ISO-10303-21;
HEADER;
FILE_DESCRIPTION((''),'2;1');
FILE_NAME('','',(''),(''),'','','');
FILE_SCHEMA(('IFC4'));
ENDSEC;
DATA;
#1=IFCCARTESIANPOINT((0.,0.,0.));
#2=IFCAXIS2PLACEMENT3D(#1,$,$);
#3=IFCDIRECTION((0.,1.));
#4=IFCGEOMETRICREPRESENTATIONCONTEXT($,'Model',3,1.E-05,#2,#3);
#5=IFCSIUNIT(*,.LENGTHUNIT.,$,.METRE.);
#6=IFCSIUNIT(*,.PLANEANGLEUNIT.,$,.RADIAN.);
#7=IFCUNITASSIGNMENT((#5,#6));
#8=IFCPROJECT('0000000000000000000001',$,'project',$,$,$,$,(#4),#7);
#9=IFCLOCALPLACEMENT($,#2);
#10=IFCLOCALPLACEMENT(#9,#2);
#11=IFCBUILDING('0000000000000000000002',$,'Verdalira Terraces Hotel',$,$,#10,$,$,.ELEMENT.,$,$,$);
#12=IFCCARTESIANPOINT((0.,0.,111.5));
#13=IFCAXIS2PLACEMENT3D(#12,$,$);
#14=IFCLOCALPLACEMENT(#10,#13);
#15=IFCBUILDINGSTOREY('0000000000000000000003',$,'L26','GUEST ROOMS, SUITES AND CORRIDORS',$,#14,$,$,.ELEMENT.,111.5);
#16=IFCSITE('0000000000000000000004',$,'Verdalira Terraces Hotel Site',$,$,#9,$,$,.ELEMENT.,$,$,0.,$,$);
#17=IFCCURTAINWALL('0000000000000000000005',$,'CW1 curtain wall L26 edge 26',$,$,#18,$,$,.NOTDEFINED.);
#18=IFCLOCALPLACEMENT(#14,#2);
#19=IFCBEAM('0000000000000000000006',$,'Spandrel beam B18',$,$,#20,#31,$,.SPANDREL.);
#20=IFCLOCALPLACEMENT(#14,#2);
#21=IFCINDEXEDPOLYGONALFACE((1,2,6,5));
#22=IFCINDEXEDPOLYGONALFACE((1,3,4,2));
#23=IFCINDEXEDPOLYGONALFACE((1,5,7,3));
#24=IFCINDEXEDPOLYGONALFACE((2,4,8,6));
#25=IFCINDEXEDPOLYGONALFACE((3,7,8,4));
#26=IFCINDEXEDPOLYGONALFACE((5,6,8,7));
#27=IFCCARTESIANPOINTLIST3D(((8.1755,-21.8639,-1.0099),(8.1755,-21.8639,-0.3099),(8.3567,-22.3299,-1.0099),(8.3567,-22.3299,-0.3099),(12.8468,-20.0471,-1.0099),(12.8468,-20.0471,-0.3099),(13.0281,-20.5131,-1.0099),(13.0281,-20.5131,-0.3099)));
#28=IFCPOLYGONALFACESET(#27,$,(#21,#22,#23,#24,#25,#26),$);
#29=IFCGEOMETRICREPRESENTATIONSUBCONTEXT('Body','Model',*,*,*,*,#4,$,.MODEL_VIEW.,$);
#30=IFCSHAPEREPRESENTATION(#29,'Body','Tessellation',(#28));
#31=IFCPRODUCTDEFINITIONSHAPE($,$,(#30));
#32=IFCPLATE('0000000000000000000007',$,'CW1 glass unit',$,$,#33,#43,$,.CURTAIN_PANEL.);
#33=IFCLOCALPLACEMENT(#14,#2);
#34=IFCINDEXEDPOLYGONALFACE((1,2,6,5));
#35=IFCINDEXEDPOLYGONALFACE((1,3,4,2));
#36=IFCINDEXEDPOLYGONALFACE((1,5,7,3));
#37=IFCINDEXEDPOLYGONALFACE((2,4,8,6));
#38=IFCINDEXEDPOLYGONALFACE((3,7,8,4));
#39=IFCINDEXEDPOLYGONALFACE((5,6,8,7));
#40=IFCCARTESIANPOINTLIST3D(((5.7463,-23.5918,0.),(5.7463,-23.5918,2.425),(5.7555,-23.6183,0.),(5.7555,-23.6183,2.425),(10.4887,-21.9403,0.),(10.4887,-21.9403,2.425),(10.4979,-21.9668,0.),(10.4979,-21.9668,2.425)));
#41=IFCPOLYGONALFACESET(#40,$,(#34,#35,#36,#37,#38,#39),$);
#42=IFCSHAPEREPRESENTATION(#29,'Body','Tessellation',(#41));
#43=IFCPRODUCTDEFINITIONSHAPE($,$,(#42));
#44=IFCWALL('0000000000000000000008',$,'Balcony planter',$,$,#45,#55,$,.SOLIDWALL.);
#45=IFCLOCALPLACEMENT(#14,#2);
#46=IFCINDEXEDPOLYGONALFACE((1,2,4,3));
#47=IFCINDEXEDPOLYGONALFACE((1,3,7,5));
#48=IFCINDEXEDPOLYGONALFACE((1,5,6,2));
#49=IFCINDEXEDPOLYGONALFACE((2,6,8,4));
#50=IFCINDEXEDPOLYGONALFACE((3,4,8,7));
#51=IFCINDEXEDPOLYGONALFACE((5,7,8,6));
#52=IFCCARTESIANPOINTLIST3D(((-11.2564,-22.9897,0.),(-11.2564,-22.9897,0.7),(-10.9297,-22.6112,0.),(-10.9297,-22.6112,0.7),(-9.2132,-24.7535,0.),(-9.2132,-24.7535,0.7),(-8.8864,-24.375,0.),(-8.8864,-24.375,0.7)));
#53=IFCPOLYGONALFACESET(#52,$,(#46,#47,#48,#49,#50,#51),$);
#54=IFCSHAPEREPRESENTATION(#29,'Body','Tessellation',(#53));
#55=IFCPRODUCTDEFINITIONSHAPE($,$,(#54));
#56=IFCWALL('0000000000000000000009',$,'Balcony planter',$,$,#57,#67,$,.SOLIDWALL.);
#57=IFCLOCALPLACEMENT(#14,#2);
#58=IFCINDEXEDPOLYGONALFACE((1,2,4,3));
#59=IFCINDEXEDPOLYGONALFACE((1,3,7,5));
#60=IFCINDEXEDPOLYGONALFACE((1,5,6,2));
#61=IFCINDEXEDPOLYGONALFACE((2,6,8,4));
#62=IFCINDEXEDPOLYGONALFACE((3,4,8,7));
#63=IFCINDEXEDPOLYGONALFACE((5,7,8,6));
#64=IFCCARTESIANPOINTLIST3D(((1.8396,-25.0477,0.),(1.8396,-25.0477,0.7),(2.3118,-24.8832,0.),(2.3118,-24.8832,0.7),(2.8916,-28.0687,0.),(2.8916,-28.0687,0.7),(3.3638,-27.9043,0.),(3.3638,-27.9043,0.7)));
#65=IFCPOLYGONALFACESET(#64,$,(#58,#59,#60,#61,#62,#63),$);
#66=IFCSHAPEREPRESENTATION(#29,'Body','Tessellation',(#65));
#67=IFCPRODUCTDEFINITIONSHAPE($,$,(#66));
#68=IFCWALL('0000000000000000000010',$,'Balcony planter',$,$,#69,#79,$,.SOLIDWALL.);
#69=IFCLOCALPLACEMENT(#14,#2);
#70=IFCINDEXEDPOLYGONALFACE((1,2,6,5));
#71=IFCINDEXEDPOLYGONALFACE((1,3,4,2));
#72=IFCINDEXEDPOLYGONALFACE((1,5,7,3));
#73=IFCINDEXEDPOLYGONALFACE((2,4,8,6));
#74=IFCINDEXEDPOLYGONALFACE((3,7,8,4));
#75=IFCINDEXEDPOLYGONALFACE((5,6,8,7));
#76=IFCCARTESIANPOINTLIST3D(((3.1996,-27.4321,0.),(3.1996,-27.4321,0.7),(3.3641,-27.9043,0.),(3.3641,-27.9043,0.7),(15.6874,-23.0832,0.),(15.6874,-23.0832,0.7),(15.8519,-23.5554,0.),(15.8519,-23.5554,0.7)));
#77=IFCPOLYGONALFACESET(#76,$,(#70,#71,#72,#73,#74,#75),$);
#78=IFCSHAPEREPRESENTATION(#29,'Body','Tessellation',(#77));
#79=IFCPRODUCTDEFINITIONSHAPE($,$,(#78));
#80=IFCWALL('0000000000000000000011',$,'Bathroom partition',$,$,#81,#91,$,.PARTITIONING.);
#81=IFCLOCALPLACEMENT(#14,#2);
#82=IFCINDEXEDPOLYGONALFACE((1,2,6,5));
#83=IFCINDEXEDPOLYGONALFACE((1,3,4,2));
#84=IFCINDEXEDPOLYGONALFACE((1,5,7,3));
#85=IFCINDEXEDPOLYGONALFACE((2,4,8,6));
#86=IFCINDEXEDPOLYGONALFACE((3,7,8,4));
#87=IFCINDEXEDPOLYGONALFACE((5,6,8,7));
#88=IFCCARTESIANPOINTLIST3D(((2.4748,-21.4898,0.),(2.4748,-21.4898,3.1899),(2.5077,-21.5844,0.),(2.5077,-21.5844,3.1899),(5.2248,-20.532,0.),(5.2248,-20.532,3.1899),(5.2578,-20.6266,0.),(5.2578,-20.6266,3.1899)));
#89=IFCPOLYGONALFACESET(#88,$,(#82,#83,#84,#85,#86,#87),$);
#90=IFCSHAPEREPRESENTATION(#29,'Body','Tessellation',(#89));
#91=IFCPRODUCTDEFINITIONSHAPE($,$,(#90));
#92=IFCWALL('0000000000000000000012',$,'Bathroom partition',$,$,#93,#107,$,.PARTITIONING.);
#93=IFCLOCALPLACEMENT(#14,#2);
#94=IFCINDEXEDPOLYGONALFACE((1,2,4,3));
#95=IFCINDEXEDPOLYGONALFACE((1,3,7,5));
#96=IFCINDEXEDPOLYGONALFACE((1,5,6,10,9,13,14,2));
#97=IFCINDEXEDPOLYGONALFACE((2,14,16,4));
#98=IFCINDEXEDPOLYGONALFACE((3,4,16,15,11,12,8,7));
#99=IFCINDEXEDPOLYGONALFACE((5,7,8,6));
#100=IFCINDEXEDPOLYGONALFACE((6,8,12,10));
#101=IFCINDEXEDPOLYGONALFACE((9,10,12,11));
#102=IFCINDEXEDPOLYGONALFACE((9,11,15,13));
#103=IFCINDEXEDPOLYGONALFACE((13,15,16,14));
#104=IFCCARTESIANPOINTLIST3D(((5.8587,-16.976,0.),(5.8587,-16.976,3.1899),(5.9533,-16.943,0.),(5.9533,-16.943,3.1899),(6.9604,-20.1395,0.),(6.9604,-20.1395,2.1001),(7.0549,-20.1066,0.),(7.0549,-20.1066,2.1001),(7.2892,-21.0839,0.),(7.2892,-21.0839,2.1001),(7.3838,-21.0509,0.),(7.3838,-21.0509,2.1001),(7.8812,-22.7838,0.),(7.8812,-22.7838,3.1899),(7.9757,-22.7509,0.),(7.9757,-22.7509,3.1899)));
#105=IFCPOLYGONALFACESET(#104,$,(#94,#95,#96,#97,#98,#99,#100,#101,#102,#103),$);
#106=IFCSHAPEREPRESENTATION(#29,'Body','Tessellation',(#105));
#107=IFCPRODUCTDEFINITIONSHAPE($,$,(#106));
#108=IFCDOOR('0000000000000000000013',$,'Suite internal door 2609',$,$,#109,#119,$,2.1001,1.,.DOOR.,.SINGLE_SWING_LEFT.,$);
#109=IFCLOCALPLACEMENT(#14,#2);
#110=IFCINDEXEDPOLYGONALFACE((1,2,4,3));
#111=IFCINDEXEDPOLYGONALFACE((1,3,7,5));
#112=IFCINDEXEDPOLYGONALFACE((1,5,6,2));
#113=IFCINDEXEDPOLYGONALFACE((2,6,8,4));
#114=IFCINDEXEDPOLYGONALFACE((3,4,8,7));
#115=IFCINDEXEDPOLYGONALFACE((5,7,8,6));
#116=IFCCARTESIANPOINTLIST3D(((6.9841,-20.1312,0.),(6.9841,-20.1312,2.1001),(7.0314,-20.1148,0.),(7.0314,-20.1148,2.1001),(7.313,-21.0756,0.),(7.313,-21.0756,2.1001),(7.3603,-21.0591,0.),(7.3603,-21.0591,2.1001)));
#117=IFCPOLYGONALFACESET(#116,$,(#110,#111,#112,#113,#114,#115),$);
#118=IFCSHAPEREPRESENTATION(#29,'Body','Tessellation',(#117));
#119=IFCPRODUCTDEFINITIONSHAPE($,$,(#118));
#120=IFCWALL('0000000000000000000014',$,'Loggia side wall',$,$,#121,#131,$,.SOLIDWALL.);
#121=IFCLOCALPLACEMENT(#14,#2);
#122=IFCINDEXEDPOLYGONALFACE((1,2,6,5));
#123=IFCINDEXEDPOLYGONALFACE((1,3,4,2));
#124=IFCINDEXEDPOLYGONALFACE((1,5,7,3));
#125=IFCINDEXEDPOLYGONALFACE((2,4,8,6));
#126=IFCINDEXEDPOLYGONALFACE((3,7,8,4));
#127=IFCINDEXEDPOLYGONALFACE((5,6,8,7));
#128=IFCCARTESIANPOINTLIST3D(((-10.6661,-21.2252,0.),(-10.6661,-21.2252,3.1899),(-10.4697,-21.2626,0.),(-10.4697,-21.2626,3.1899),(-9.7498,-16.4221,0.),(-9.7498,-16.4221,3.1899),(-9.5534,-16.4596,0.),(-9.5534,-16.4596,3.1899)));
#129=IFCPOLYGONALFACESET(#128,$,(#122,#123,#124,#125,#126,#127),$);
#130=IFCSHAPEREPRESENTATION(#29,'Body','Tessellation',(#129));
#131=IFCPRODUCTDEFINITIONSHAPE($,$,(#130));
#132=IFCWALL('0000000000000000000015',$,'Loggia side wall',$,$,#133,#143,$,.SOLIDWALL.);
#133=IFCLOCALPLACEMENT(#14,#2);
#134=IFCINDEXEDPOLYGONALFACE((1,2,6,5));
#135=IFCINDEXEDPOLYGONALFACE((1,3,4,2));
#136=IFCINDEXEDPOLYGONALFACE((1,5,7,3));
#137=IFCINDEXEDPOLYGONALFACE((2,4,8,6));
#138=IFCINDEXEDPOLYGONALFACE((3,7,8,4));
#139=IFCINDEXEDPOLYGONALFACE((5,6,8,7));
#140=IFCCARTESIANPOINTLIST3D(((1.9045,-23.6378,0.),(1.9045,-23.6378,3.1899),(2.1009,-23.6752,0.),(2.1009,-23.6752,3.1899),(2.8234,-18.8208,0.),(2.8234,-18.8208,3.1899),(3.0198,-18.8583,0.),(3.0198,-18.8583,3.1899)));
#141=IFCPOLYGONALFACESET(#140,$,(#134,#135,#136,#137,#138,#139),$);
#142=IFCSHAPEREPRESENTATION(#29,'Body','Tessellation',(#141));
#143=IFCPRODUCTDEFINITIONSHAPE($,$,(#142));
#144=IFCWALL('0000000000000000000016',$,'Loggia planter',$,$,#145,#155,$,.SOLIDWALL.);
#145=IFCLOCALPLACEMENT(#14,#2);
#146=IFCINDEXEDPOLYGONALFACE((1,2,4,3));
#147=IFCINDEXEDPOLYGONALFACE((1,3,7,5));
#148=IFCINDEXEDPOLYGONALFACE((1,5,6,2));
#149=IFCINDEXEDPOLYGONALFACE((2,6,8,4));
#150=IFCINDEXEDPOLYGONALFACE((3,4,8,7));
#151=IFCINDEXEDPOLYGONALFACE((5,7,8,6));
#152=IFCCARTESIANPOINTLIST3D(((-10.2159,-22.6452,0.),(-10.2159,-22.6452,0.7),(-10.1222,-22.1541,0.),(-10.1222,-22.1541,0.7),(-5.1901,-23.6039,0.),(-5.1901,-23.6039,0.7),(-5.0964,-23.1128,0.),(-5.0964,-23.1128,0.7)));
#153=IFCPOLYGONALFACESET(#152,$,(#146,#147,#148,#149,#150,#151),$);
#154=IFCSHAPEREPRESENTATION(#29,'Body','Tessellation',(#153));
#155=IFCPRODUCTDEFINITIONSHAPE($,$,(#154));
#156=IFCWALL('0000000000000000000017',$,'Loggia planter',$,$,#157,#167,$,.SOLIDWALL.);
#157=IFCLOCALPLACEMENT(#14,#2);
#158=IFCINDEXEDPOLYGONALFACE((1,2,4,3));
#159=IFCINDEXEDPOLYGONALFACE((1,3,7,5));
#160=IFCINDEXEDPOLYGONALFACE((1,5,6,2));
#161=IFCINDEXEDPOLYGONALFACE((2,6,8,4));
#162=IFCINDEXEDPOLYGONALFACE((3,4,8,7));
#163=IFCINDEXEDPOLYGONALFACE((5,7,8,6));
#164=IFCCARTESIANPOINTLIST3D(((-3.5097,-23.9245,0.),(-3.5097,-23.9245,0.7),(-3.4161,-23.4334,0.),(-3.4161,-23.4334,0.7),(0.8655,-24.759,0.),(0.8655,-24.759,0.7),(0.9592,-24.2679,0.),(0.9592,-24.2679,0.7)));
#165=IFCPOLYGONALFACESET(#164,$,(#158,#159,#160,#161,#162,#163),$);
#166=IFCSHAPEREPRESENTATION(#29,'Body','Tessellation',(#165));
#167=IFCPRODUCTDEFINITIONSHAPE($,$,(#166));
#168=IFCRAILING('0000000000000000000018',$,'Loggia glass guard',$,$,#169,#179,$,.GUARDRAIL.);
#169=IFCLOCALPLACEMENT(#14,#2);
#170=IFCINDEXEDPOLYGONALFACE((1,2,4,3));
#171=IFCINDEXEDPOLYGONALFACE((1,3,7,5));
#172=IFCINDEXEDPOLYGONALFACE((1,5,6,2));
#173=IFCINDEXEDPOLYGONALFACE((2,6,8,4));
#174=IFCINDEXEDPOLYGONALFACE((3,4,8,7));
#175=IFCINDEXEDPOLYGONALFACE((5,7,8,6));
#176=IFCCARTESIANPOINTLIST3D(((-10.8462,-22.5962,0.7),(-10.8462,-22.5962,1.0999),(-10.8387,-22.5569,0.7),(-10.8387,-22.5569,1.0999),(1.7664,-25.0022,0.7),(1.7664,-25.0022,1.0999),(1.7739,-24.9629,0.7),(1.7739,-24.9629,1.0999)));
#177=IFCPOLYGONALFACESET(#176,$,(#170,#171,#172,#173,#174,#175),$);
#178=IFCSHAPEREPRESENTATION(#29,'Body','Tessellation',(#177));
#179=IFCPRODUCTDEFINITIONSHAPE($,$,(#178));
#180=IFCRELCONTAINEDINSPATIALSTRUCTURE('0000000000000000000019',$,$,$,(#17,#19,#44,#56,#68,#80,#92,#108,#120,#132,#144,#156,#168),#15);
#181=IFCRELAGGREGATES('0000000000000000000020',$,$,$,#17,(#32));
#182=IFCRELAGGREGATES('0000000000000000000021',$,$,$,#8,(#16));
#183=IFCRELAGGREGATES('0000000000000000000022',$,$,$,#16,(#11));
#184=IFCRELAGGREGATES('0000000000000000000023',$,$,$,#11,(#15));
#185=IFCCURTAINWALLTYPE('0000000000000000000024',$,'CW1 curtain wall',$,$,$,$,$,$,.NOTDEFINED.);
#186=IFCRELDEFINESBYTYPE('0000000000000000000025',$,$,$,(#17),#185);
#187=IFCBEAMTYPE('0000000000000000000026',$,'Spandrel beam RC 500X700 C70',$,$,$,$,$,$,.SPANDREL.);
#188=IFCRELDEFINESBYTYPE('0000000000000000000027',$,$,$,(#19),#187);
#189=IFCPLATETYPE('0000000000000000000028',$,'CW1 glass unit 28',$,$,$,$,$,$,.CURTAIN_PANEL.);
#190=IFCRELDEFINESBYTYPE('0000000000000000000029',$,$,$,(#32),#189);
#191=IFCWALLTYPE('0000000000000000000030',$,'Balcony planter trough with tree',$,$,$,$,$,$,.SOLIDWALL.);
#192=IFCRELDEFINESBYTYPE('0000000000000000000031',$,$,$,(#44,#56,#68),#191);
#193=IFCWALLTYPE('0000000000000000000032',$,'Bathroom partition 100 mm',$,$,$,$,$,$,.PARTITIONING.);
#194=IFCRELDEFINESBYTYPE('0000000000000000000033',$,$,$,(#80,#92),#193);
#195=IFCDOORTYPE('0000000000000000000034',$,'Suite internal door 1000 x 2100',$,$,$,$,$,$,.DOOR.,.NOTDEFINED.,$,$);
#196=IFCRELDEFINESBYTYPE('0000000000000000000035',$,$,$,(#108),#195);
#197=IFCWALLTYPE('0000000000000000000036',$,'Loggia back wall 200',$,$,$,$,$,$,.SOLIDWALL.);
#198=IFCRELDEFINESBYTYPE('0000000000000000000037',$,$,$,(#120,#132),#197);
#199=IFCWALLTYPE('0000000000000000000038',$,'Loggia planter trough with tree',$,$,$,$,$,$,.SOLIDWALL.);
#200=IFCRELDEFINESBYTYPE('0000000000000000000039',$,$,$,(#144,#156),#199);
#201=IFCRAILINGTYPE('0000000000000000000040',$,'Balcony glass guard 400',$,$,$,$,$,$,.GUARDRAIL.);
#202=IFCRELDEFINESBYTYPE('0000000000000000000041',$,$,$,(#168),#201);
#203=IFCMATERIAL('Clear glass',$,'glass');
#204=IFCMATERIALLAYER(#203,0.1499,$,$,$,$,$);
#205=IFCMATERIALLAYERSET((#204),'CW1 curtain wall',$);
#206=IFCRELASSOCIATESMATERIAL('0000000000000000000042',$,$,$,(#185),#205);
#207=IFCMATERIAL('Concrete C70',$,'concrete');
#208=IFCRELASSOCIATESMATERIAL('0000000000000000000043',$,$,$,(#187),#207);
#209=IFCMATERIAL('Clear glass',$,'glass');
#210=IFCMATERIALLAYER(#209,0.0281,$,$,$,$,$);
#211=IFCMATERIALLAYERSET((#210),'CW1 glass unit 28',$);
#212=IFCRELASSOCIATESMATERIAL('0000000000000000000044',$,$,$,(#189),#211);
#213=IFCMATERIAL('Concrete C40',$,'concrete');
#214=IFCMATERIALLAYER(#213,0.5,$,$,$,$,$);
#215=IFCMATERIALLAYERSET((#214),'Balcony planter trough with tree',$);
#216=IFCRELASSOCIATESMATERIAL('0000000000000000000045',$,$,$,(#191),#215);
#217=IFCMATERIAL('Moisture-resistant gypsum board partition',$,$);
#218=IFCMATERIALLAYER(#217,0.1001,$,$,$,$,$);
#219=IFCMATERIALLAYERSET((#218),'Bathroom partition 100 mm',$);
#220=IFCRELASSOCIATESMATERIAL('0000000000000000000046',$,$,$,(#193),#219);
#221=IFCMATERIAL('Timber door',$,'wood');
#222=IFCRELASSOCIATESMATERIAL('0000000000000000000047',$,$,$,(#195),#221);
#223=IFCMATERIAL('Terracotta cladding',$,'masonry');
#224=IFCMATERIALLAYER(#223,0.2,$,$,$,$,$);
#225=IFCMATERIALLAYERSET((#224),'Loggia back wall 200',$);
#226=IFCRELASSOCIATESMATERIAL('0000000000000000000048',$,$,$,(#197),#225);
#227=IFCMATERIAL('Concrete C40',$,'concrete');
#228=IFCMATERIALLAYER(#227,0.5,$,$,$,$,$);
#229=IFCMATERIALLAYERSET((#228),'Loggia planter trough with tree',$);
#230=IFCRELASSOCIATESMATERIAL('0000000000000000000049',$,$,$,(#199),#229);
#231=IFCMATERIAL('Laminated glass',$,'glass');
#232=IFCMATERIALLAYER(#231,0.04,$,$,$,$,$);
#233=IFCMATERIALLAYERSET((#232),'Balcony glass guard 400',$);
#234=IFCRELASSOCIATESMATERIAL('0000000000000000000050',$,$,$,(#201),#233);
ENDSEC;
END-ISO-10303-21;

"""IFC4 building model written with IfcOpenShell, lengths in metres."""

from ifc_helpers import new_model, si_unit, direction, frame, frame_2d, origin, origin_2d, place, context, subcontext, project, spatial, rectangle, extrude, material, layer, layer_set, material_profile, profile_set, type_object, element, fill, aggregate, save


model = new_model("IFC4")

# Units and contexts
model_context = context("Model", 3, precision=1e-05, world=origin(), true_north=direction((0.0, 1.0)))
body_context = subcontext(model_context, "Body", "Model", "MODEL_VIEW")
ifc_project = project(units=[si_unit("LENGTHUNIT", "METRE"), si_unit("PLANEANGLEUNIT", "RADIAN")], contexts=[model_context])

# Site, building, storey
site_placement = place(None, origin())
site = spatial("IfcSite", under=ifc_project, at=site_placement, Name="Verdalira Terraces Hotel Site", CompositionType="ELEMENT", RefElevation=0.0)
building_placement = place(site_placement, origin())
building = spatial("IfcBuilding", under=site, at=building_placement, Name="Verdalira Terraces Hotel", CompositionType="ELEMENT")
storey_placement = place(building_placement, frame((0.0, 0.0, 111.5)))
storey = spatial("IfcBuildingStorey", under=building, at=storey_placement, Name="L26", Description="GUEST ROOMS, SUITES AND CORRIDORS", CompositionType="ELEMENT", Elevation=111.5)

# Curtain wall
ifc_material_1 = material(Name="Clear glass", Category="glass")
ifc_layer_1 = layer(ifc_material_1, 0.1499)
ifc_layer_set_1 = layer_set([ifc_layer_1], Name="CW1 curtain wall")
curtain_wall_type = type_object("IfcCurtainWallType", Name="CW1 curtain wall", PredefinedType="NOTDEFINED", material=ifc_layer_set_1)
curtain_wall_placement = place(storey_placement, origin())
curtain_wall = element("IfcCurtainWall", 1, at=curtain_wall_placement, inside=storey, type_object=curtain_wall_type, Name="CW1 curtain wall L26 edge 26", PredefinedType="NOTDEFINED")

# Beam
ifc_material_2 = material(Name="Concrete C70", Category="concrete")
ifc_material_profile_1 = material_profile(ifc_material_2, rectangle(XDim=0.5, YDim=0.7, at=origin_2d()), Name="RC 500X700")
ifc_profile_set_1 = profile_set([ifc_material_profile_1], Name="Concrete C70")
beam_type_1 = type_object("IfcBeamType", Name="Spandrel beam RC 500X700 C70", PredefinedType="SPANDREL", material=ifc_profile_set_1)
beam_1_placement = place(storey_placement, frame((8.2661, -22.0969, -0.6599), z_axis=(0.931988, 0.362489, 0.0), x_axis=(-0.362489, 0.931988, 0.0)))
element("IfcBeam", 2, at=beam_1_placement, inside=storey, type_object=beam_type_1, Name="Spandrel beam B18", PredefinedType="SPANDREL", context=body_context, shape_type="SweptSolid", body=[
    extrude(rectangle(XDim=0.5, YDim=0.7, at=origin_2d()), origin(), (0.0, 0.0, 1.0), 5.0122),
])

# Plate
ifc_material_3 = material(Name="Clear glass", Category="glass")
ifc_layer_2 = layer(ifc_material_3, 0.0281)
ifc_layer_set_2 = layer_set([ifc_layer_2], Name="CW1 glass unit 28")
plate_type = type_object("IfcPlateType", Name="CW1 glass unit 28", PredefinedType="CURTAIN_PANEL", material=ifc_layer_set_2)
plate_placement = place(storey_placement, frame((8.1221, -22.7793, 0.0), z_axis=(0.0, 0.0, 1.0), x_axis=(0.944376, 0.328867, 0.0)))
plate = element("IfcPlate", 3, at=plate_placement, type_object=plate_type, Name="CW1 glass unit", PredefinedType="CURTAIN_PANEL", context=body_context, shape_type="SweptSolid", body=[
    extrude(rectangle(XDim=5.0217, YDim=0.0281, at=origin_2d()), origin(), (0.0, 0.0, 1.0), 2.425),
])
aggregate(curtain_wall, [plate])

# Walls
ifc_material_4 = material(Name="Concrete C40", Category="concrete")
ifc_layer_3 = layer(ifc_material_4, 0.5)
ifc_layer_set_3 = layer_set([ifc_layer_3], Name="Balcony planter trough with tree")
wall_type_1 = type_object("IfcWallType", Name="Balcony planter trough with tree", PredefinedType="SOLIDWALL", material=ifc_layer_set_3)
wall_1_placement = place(storey_placement, frame((-9.0498, -24.5642, 0.0), z_axis=(0.0, 0.0, 1.0), x_axis=(-0.756992, 0.653424, 0.0)))
element("IfcWall", 4, at=wall_1_placement, inside=storey, type_object=wall_type_1, Name="Balcony planter", PredefinedType="SOLIDWALL", context=body_context, shape_type="SweptSolid", body=[
    extrude(rectangle(XDim=2.6992, YDim=0.5, at=frame_2d((1.3496, 0.0))), origin(), (0.0, 0.0, 1.0), 0.7),
])
wall_2_placement = place(storey_placement, frame((2.0757, -24.9653, 0.0), z_axis=(0.0, 0.0, 1.0), x_axis=(0.328861, -0.944378, 0.0)))
element("IfcWall", 5, at=wall_2_placement, inside=storey, type_object=wall_type_1, Name="Balcony planter", PredefinedType="SOLIDWALL", context=body_context, shape_type="SweptSolid", body=[
    extrude(rectangle(XDim=3.199, YDim=0.5, at=frame_2d((1.5996, 0.0))), origin(), (0.0, 0.0, 1.0), 0.7),
])
wall_3_placement = place(storey_placement, frame((3.2817, -27.6682, 0.0), z_axis=(0.0, 0.0, 1.0), x_axis=(0.944372, 0.328878, 0.0)))
element("IfcWall", 6, at=wall_3_placement, inside=storey, type_object=wall_type_1, Name="Balcony planter", PredefinedType="SOLIDWALL", context=body_context, shape_type="SweptSolid", body=[
    extrude(rectangle(XDim=13.2234, YDim=0.5, at=frame_2d((6.6118, 0.0))), origin(), (0.0, 0.0, 1.0), 0.7),
])
ifc_material_5 = material(Name="Moisture-resistant gypsum board partition")
ifc_layer_4 = layer(ifc_material_5, 0.1001)
ifc_layer_set_4 = layer_set([ifc_layer_4], Name="Bathroom partition 100 mm")
wall_type_2 = type_object("IfcWallType", Name="Bathroom partition 100 mm", PredefinedType="PARTITIONING", material=ifc_layer_set_4)
wall_4_placement = place(storey_placement, frame((2.4912, -21.5371, 0.0), z_axis=(0.0, 0.0, 1.0), x_axis=(0.944364, 0.328901, 0.0)))
element("IfcWall", 7, at=wall_4_placement, inside=storey, type_object=wall_type_2, Name="Bathroom partition", PredefinedType="PARTITIONING", context=body_context, shape_type="SweptSolid", body=[
    extrude(rectangle(XDim=2.9121, YDim=0.1001, at=frame_2d((1.4561, 0.0))), origin(), (0.0, 0.0, 1.0), 3.1899),
])

# Wall, opening, door
wall_5_placement = place(storey_placement, frame((7.9285, -22.7673, 0.0), z_axis=(0.0, 0.0, 1.0), x_axis=(-0.328859, 0.944379, 0.0)))
wall_5 = element("IfcWall", 8, at=wall_5_placement, inside=storey, type_object=wall_type_2, Name="Bathroom partition", PredefinedType="PARTITIONING", context=body_context, shape_type="SweptSolid", body=[
    extrude(rectangle(XDim=6.1499, YDim=0.1001, at=frame_2d((3.075, 0.0))), origin(), (0.0, 0.0, 1.0), 3.1899),
])
opening_1_placement = place(wall_5_placement, frame((1.8, 0.0, 0.0)))
opening_1 = element("IfcOpeningElement", 9, at=opening_1_placement, cuts=wall_5, PredefinedType="OPENING", context=body_context, shape_type="SweptSolid", body=[
    extrude(rectangle(XDim=1.0, YDim=2.1001, at=frame_2d((0.5, 1.05))), frame((0.0, 0.0601, 0.0), z_axis=(0.0, -1.0, 0.0), x_axis=(1.0, 0.0, 0.0)), (0.0, 0.0, 1.0), 0.1201),
])
ifc_material_6 = material(Name="Timber door", Category="wood")
door_type_1 = type_object("IfcDoorType", Name="Suite internal door 1000 x 2100", OperationType="NOTDEFINED", PredefinedType="DOOR", material=ifc_material_6)
door_1_placement = place(opening_1_placement, origin())
door_1 = element("IfcDoor", 10, at=door_1_placement, inside=storey, type_object=door_type_1, Name="Suite internal door 2609", OperationType="SINGLE_SWING_LEFT", OverallHeight=2.1001, OverallWidth=1.0, PredefinedType="DOOR", context=body_context, shape_type="SweptSolid", body=[
    extrude(rectangle(XDim=1.0, YDim=2.1001, at=frame_2d((0.5, 1.05))), frame((0.0, 0.0249, 0.0), z_axis=(0.0, -1.0, 0.0), x_axis=(1.0, 0.0, 0.0)), (0.0, 0.0, 1.0), 0.05),
])
fill(opening_1, door_1)

# Walls
ifc_material_7 = material(Name="Terracotta cladding", Category="masonry")
ifc_layer_5 = layer(ifc_material_7, 0.2)
ifc_layer_set_5 = layer_set([ifc_layer_5], Name="Loggia back wall 200")
wall_type_3 = type_object("IfcWallType", Name="Loggia back wall 200", PredefinedType="SOLIDWALL", material=ifc_layer_set_5)
wall_6_placement = place(storey_placement, frame((-10.5679, -21.2439, 0.0), z_axis=(0.0, 0.0, 1.0), x_axis=(0.18739, 0.982286, 0.0)))
element("IfcWall", 11, at=wall_6_placement, inside=storey, type_object=wall_type_3, Name="Loggia side wall", PredefinedType="SOLIDWALL", context=body_context, shape_type="SweptSolid", body=[
    extrude(rectangle(XDim=4.8896, YDim=0.2, at=frame_2d((2.4448, 0.0))), origin(), (0.0, 0.0, 1.0), 3.1899),
])
wall_7_placement = place(storey_placement, frame((2.0027, -23.6565, 0.0), z_axis=(0.0, 0.0, 1.0), x_axis=(0.187396, 0.982284, 0.0)))
element("IfcWall", 12, at=wall_7_placement, inside=storey, type_object=wall_type_3, Name="Loggia side wall", PredefinedType="SOLIDWALL", context=body_context, shape_type="SweptSolid", body=[
    extrude(rectangle(XDim=4.9038, YDim=0.2, at=frame_2d((2.4519, 0.0))), origin(), (0.0, 0.0, 1.0), 3.1899),
])
ifc_material_8 = material(Name="Concrete C40", Category="concrete")
ifc_layer_6 = layer(ifc_material_8, 0.5)
ifc_layer_set_6 = layer_set([ifc_layer_6], Name="Loggia planter trough with tree")
wall_type_4 = type_object("IfcWallType", Name="Loggia planter trough with tree", PredefinedType="SOLIDWALL", material=ifc_layer_set_6)
wall_8_placement = place(storey_placement, frame((-10.1689, -22.3997, 0.0), z_axis=(0.0, 0.0, 1.0), x_axis=(0.982287, -0.187382, 0.0)))
element("IfcWall", 13, at=wall_8_placement, inside=storey, type_object=wall_type_4, Name="Loggia planter", PredefinedType="SOLIDWALL", context=body_context, shape_type="SweptSolid", body=[
    extrude(rectangle(XDim=5.1165, YDim=0.5, at=frame_2d((2.5581, 0.0))), origin(), (0.0, 0.0, 1.0), 0.7),
])
wall_9_placement = place(storey_placement, frame((-3.4629, -23.679, 0.0), z_axis=(0.0, 0.0, 1.0), x_axis=(0.982293, -0.187349, 0.0)))
element("IfcWall", 14, at=wall_9_placement, inside=storey, type_object=wall_type_4, Name="Loggia planter", PredefinedType="SOLIDWALL", context=body_context, shape_type="SweptSolid", body=[
    extrude(rectangle(XDim=4.4541, YDim=0.5, at=frame_2d((2.2271, 0.0))), origin(), (0.0, 0.0, 1.0), 0.7),
])

# Railing
ifc_material_9 = material(Name="Laminated glass", Category="glass")
ifc_layer_7 = layer(ifc_material_9, 0.04)
ifc_layer_set_7 = layer_set([ifc_layer_7], Name="Balcony glass guard 400")
railing_type = type_object("IfcRailingType", Name="Balcony glass guard 400", PredefinedType="GUARDRAIL", material=ifc_layer_set_7)
railing_placement = place(storey_placement, frame((-4.5361, -23.7795, 0.7), z_axis=(0.0, 0.0, 1.0), x_axis=(0.982287, -0.187381, 0.0)))
element("IfcRailing", 15, at=railing_placement, inside=storey, type_object=railing_type, Name="Loggia glass guard", PredefinedType="GUARDRAIL", context=body_context, shape_type="SweptSolid", body=[
    extrude(rectangle(XDim=12.8401, YDim=0.04, at=origin_2d()), origin(), (0.0, 0.0, 1.0), 0.3999),
])

save(model, "model.ifc")
